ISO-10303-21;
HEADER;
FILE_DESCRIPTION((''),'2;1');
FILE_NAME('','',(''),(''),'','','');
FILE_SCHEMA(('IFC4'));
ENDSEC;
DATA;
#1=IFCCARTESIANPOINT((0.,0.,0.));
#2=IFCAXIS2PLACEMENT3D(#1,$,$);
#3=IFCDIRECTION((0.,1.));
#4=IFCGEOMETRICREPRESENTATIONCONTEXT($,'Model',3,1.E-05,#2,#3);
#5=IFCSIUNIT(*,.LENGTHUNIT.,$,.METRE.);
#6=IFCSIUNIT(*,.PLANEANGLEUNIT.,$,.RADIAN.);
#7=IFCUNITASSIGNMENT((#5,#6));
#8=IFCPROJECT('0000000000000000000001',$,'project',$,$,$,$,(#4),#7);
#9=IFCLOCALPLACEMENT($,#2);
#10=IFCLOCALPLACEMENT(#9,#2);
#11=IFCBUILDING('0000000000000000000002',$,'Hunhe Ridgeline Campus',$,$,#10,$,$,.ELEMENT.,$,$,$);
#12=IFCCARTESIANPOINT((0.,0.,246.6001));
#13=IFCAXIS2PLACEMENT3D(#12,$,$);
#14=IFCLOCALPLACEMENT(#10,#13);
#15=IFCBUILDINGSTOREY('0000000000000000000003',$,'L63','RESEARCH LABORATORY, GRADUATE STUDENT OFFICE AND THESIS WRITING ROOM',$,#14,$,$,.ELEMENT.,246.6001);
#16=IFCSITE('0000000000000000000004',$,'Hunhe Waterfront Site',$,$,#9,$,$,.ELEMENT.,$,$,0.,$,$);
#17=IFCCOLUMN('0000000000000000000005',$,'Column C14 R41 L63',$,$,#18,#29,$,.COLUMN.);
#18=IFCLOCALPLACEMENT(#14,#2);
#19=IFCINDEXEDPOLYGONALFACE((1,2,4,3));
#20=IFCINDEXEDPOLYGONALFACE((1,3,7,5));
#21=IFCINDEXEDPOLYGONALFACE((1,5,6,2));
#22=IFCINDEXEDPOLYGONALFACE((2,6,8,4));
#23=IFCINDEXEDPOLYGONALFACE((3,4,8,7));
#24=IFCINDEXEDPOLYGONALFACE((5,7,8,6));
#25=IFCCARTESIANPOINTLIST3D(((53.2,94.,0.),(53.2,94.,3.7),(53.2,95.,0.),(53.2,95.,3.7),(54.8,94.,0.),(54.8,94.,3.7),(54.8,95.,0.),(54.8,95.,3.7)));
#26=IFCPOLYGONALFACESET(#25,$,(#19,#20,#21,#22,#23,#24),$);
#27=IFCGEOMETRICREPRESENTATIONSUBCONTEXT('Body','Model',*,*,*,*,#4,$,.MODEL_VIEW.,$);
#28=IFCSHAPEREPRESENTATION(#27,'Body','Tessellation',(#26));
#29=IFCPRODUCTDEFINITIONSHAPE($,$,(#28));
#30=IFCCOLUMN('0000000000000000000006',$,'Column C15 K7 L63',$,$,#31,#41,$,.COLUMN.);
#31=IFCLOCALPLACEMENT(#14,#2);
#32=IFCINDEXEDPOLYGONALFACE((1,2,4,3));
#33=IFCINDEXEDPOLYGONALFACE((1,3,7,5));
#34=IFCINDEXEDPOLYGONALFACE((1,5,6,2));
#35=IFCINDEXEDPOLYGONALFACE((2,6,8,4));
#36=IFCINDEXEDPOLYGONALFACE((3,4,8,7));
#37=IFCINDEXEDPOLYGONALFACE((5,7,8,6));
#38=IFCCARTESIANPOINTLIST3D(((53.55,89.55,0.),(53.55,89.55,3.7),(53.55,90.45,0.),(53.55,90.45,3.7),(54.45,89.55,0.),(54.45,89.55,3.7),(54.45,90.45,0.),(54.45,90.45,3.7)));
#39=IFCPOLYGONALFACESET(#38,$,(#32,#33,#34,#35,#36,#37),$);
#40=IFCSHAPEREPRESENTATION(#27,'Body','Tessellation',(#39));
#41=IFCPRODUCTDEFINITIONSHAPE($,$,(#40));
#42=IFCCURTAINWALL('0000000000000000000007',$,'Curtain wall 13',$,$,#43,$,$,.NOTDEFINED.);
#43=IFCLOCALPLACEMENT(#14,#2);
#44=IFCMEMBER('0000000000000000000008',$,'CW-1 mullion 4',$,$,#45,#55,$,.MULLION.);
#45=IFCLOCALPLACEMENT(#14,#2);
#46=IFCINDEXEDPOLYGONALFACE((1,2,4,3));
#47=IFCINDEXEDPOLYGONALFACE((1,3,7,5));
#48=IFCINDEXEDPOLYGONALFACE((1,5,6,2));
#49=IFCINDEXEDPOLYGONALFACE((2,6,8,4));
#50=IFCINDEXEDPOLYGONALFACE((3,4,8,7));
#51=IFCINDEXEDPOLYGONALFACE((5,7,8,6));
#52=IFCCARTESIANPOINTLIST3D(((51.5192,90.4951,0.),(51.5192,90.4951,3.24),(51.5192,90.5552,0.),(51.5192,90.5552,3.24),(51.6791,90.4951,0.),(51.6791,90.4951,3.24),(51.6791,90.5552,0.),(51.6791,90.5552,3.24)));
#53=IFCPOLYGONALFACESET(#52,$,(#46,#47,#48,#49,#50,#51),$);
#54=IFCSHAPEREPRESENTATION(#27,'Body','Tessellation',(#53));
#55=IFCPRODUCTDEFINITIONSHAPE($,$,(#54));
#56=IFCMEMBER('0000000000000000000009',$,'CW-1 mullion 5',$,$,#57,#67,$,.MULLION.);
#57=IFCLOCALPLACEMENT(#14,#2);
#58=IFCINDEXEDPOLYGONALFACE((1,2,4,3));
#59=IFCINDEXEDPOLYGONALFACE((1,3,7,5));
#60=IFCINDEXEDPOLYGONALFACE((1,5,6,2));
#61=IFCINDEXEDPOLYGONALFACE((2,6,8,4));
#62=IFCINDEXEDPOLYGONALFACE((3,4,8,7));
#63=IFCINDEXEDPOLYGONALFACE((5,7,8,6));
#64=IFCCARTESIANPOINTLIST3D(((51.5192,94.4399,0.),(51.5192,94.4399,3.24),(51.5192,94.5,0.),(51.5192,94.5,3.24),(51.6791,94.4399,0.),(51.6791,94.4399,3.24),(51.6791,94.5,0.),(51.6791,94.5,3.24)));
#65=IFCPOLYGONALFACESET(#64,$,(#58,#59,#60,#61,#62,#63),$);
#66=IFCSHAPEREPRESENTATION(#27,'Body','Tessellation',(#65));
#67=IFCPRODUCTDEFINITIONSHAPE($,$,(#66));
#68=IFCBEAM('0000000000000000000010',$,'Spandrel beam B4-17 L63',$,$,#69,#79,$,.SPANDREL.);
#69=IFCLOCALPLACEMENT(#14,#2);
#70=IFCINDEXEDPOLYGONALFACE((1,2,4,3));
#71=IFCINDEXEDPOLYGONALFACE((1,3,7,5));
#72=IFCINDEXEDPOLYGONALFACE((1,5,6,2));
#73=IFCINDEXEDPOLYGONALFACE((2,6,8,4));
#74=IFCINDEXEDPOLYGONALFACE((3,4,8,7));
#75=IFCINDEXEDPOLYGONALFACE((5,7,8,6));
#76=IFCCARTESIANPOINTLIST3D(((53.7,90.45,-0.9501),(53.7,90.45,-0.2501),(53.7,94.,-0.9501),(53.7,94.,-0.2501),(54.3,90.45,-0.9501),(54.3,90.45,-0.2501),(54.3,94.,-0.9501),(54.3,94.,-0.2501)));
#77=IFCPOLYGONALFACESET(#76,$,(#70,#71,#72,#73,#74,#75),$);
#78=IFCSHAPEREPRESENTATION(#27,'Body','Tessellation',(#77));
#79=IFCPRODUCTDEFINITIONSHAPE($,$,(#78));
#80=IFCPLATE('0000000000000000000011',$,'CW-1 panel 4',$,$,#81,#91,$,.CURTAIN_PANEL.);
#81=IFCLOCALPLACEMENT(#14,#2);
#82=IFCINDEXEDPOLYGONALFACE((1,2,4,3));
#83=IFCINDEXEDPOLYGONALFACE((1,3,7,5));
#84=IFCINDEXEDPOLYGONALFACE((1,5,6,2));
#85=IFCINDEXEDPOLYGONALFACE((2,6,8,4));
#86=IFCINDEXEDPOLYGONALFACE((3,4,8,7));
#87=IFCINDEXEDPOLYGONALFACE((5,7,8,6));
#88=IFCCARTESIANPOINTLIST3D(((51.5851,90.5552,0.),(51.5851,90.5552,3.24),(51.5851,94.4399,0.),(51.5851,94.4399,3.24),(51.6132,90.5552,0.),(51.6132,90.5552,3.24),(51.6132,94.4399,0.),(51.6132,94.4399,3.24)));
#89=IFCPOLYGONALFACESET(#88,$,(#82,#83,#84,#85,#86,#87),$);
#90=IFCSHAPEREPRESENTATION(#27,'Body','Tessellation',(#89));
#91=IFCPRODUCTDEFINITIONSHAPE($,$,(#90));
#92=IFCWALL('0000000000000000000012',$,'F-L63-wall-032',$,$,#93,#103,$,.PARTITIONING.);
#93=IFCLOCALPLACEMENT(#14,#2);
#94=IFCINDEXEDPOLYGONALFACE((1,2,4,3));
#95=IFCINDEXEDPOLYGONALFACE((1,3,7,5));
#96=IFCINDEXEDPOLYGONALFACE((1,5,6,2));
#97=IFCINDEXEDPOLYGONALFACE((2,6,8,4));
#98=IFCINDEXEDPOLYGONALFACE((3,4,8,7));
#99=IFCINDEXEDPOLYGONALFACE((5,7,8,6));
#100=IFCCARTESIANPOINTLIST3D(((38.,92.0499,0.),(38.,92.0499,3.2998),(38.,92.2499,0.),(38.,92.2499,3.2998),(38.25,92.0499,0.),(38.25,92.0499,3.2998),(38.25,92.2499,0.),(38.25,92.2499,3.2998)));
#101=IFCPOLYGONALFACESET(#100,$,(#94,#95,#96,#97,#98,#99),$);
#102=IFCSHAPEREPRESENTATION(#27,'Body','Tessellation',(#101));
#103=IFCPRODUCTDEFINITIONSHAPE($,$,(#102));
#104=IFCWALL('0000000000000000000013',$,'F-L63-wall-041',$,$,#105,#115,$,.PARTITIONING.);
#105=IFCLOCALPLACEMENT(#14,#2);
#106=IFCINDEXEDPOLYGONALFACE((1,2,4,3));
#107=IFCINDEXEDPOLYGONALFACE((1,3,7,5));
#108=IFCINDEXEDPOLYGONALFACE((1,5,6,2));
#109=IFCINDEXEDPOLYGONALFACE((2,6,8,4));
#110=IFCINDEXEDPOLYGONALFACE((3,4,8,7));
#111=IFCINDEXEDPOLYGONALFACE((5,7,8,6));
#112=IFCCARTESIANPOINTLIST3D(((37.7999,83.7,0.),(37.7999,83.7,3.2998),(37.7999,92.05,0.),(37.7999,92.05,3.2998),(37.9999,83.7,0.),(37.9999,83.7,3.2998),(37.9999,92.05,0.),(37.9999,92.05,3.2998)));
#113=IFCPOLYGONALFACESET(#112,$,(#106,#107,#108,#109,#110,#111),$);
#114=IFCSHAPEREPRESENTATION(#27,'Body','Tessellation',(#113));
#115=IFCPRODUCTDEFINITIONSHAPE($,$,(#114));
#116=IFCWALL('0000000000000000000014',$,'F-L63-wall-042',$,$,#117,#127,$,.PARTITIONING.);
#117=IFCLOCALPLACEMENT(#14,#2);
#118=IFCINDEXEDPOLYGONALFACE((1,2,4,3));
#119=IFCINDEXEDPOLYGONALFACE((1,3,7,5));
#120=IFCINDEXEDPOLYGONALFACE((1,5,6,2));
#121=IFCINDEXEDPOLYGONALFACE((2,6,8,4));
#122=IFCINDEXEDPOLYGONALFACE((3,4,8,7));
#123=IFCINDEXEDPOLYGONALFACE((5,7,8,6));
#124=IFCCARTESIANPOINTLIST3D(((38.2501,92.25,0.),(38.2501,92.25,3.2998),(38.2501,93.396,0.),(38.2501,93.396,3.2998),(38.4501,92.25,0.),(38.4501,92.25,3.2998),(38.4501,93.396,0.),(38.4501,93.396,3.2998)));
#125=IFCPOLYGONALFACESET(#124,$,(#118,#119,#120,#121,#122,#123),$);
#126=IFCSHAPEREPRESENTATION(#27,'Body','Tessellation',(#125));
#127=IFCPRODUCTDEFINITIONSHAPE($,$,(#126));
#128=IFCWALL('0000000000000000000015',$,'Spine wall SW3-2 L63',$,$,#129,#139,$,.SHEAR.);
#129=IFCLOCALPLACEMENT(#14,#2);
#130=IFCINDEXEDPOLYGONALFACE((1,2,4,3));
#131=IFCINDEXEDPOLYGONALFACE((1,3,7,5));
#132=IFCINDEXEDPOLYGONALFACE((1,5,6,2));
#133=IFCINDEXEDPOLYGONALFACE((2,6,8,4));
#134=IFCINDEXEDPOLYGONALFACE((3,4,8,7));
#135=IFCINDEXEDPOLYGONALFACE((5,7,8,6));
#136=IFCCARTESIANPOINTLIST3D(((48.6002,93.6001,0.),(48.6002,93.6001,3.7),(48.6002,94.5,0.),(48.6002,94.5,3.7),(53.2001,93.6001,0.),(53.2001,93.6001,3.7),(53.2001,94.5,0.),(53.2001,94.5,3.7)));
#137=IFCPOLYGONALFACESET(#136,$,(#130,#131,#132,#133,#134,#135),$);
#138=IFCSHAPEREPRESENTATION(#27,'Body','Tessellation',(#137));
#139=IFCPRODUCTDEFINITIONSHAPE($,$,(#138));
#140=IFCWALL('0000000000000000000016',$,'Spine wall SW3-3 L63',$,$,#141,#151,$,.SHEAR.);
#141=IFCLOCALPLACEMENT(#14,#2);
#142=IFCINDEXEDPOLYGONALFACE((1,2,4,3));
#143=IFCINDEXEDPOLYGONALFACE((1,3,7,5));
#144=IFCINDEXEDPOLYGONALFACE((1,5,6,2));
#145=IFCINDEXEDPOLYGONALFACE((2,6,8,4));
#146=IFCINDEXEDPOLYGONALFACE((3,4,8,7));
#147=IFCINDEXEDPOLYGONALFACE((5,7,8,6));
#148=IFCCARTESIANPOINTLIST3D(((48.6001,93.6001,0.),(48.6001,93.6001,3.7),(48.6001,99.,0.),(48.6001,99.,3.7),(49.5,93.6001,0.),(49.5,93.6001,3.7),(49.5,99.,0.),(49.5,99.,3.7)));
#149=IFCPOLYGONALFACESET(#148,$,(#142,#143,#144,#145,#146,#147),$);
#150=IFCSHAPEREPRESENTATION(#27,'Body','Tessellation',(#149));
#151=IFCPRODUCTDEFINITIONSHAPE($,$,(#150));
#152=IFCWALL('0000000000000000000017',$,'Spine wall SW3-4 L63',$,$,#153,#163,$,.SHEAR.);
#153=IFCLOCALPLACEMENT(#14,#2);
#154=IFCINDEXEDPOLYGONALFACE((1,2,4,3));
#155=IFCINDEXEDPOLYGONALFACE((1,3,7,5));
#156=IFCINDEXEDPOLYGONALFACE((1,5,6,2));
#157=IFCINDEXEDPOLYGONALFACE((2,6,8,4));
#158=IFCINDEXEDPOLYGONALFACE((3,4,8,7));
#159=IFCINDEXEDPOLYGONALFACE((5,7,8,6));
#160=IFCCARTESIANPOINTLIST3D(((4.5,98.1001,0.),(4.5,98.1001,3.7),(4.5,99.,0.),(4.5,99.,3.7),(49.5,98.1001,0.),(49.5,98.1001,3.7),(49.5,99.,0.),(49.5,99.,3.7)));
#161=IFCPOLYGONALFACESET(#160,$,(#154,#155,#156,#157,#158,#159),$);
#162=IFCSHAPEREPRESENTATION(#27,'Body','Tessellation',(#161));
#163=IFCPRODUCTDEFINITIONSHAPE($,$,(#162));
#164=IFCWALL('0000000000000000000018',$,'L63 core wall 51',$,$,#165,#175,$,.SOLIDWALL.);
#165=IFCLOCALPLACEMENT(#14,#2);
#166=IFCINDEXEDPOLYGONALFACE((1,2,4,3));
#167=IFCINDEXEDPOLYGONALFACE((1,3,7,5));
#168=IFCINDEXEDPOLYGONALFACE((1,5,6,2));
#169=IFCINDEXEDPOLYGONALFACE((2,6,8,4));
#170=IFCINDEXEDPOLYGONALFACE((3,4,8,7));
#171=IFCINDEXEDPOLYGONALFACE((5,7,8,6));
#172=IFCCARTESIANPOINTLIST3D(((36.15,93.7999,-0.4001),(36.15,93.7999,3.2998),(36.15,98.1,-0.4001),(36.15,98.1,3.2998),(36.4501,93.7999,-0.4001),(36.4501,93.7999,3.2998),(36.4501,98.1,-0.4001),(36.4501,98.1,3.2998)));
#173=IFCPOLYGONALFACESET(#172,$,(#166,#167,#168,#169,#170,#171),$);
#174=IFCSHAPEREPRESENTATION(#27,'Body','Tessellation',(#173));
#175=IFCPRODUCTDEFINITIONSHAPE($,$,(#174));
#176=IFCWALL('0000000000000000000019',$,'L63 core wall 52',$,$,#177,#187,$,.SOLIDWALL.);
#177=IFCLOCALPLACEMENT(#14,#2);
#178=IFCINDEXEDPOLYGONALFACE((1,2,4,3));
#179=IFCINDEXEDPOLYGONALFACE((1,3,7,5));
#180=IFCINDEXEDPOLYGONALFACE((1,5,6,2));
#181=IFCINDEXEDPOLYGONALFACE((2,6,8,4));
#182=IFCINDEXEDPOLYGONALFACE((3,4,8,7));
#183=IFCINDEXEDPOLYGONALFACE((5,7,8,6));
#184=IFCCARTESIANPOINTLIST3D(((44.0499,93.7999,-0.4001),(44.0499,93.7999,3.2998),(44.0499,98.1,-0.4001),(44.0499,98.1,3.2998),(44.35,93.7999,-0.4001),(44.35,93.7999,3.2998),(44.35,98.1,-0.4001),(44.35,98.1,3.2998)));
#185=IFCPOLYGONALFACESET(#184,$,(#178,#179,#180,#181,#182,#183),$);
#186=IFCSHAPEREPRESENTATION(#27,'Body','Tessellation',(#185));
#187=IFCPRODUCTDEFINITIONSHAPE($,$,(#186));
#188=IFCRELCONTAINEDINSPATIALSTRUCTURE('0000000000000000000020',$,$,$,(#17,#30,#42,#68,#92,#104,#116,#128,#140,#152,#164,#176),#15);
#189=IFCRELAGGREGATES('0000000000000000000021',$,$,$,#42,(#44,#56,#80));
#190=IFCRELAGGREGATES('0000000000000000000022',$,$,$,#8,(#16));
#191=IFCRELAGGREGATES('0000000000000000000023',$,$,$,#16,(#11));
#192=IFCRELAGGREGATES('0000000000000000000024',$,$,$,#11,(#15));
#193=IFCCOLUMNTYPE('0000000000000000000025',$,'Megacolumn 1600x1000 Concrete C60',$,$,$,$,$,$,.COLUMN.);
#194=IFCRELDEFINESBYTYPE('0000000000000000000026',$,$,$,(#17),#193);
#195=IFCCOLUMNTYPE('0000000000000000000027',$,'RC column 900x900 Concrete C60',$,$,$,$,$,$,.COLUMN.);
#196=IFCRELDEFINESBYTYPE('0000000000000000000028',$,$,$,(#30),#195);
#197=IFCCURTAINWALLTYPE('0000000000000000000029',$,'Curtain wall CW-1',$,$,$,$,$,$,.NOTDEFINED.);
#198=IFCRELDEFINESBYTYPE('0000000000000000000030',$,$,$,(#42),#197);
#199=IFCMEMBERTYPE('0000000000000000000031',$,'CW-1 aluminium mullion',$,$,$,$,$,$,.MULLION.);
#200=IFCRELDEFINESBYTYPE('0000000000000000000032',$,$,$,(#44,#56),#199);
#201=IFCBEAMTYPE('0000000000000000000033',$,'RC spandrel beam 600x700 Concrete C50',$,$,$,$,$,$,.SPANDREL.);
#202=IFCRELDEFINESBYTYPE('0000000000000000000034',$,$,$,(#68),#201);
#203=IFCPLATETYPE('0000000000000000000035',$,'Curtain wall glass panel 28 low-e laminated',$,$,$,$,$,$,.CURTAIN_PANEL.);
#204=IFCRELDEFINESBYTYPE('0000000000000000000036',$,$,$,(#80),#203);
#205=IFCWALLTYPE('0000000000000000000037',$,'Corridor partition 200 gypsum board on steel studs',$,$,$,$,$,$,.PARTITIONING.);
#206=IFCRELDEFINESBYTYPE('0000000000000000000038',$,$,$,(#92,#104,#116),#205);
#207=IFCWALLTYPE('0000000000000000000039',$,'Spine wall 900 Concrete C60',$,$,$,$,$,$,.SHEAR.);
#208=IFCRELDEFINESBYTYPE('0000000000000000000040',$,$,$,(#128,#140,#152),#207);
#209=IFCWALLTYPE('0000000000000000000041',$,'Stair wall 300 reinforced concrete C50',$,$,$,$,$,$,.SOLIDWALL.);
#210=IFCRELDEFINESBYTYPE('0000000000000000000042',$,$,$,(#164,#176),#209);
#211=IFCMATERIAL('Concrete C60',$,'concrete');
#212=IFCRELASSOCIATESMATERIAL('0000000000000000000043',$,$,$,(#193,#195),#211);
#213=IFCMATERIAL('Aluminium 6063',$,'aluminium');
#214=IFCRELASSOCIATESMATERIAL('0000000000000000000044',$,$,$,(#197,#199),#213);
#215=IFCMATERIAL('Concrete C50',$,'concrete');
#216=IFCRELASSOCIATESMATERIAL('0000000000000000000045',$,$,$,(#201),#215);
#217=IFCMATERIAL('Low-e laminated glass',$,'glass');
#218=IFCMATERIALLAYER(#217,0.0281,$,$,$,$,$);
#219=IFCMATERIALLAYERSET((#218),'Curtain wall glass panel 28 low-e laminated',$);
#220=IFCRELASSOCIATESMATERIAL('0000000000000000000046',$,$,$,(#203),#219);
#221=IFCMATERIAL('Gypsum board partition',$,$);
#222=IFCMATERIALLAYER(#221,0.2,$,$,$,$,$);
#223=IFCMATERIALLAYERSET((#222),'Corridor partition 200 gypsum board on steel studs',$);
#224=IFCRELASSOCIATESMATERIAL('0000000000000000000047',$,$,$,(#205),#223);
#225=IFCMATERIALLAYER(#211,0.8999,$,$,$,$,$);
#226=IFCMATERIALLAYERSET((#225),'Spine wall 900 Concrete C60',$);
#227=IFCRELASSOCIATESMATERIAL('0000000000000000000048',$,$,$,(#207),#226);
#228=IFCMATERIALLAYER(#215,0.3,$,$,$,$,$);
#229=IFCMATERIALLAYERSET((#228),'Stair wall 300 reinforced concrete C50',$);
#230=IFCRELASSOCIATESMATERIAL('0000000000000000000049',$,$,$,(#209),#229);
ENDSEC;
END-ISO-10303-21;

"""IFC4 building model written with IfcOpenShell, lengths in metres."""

from ifc_helpers import new_model, si_unit, direction, frame, frame_2d, origin, origin_2d, place, context, subcontext, project, spatial, rectangle, extrude, material, layer, layer_set, material_profile, profile_set, type_object, element, aggregate, save


model = new_model("IFC4")

# Units and contexts
model_context = context("Model", 3, precision=1e-05, world=origin(), true_north=direction((0.0, 1.0)))
body_context = subcontext(model_context, "Body", "Model", "MODEL_VIEW")
ifc_project = project(units=[si_unit("LENGTHUNIT", "METRE"), si_unit("PLANEANGLEUNIT", "RADIAN")], contexts=[model_context])

# Site, building, storey
site_placement = place(None, origin())
site = spatial("IfcSite", under=ifc_project, at=site_placement, Name="Hunhe Waterfront Site", CompositionType="ELEMENT", RefElevation=0.0)
building_placement = place(site_placement, origin())
building = spatial("IfcBuilding", under=site, at=building_placement, Name="Hunhe Ridgeline Campus", CompositionType="ELEMENT")
storey_placement = place(building_placement, frame((0.0, 0.0, 246.6001)))
storey = spatial("IfcBuildingStorey", under=building, at=storey_placement, Name="L63", Description="RESEARCH LABORATORY, GRADUATE STUDENT OFFICE AND THESIS WRITING ROOM", CompositionType="ELEMENT", Elevation=246.6001)

# Columns
ifc_material_1 = material(Name="Concrete C60", Category="concrete")
ifc_material_profile_1 = material_profile(ifc_material_1, rectangle(XDim=1.6001, YDim=1.0, at=origin_2d()))
ifc_profile_set_1 = profile_set([ifc_material_profile_1], Name="Concrete C60")
column_type_1 = type_object("IfcColumnType", Name="Megacolumn 1600x1000 Concrete C60", PredefinedType="COLUMN", material=ifc_profile_set_1)
column_1_placement = place(storey_placement, frame((54.0, 94.5, 0.0), z_axis=(0.0, 0.0, 1.0), x_axis=(1.0, 0.0, 0.0)))
element("IfcColumn", 1, at=column_1_placement, inside=storey, type_object=column_type_1, Name="Column C14 R41 L63", PredefinedType="COLUMN", context=body_context, shape_type="SweptSolid", body=[
    extrude(rectangle(XDim=1.6001, YDim=1.0, at=origin_2d()), origin(), (0.0, 0.0, 1.0), 3.7),
])
ifc_material_profile_2 = material_profile(ifc_material_1, rectangle(XDim=0.8999, YDim=0.8999, at=origin_2d()))
ifc_profile_set_2 = profile_set([ifc_material_profile_2], Name="Concrete C60")
column_type_2 = type_object("IfcColumnType", Name="RC column 900x900 Concrete C60", PredefinedType="COLUMN", material=ifc_profile_set_2)
column_2_placement = place(storey_placement, frame((54.0, 90.0, 0.0), z_axis=(0.0, 0.0, 1.0), x_axis=(1.0, 0.0, 0.0)))
element("IfcColumn", 2, at=column_2_placement, inside=storey, type_object=column_type_2, Name="Column C15 K7 L63", PredefinedType="COLUMN", context=body_context, shape_type="SweptSolid", body=[
    extrude(rectangle(XDim=0.8999, YDim=0.8999, at=origin_2d()), origin(), (0.0, 0.0, 1.0), 3.7),
])

# Curtain wall, members
ifc_material_2 = material(Name="Aluminium 6063", Category="aluminium")
curtain_wall_type = type_object("IfcCurtainWallType", Name="Curtain wall CW-1", PredefinedType="NOTDEFINED", material=ifc_material_2)
curtain_wall_placement = place(storey_placement, origin())
curtain_wall = element("IfcCurtainWall", 3, at=curtain_wall_placement, inside=storey, type_object=curtain_wall_type, Name="Curtain wall 13", PredefinedType="NOTDEFINED")
ifc_material_profile_3 = material_profile(ifc_material_2, rectangle(XDim=0.1599, YDim=0.0601, at=origin_2d()))
ifc_profile_set_3 = profile_set([ifc_material_profile_3], Name="Aluminium 6063")
member_type = type_object("IfcMemberType", Name="CW-1 aluminium mullion", PredefinedType="MULLION", material=ifc_profile_set_3)
member_1_placement = place(storey_placement, frame((51.5991, 90.5251, 0.0), z_axis=(0.0, 0.0, 1.0), x_axis=(-1.0, 0.0, 0.0)))
member_1 = element("IfcMember", 4, at=member_1_placement, type_object=member_type, Name="CW-1 mullion 4", PredefinedType="MULLION", context=body_context, shape_type="SweptSolid", body=[
    extrude(rectangle(XDim=0.1599, YDim=0.0601, at=origin_2d()), origin(), (0.0, 0.0, 1.0), 3.24),
])
member_2_placement = place(storey_placement, frame((51.5991, 94.47, 0.0), z_axis=(0.0, 0.0, 1.0), x_axis=(-1.0, 0.0, 0.0)))
member_2 = element("IfcMember", 5, at=member_2_placement, type_object=member_type, Name="CW-1 mullion 5", PredefinedType="MULLION", context=body_context, shape_type="SweptSolid", body=[
    extrude(rectangle(XDim=0.1599, YDim=0.0601, at=origin_2d()), origin(), (0.0, 0.0, 1.0), 3.24),
])

# Beam
ifc_material_3 = material(Name="Concrete C50", Category="concrete")
ifc_material_profile_4 = material_profile(ifc_material_3, rectangle(XDim=0.6001, YDim=0.7, at=origin_2d()))
ifc_profile_set_4 = profile_set([ifc_material_profile_4], Name="Concrete C50")
beam_type = type_object("IfcBeamType", Name="RC spandrel beam 600x700 Concrete C50", PredefinedType="SPANDREL", material=ifc_profile_set_4)
beam_placement = place(storey_placement, frame((54.0, 90.45, -0.6001), z_axis=(0.0, 1.0, 0.0), x_axis=(-1.0, 0.0, 0.0)))
element("IfcBeam", 6, at=beam_placement, inside=storey, type_object=beam_type, Name="Spandrel beam B4-17 L63", PredefinedType="SPANDREL", context=body_context, shape_type="SweptSolid", body=[
    extrude(rectangle(XDim=0.6001, YDim=0.7, at=origin_2d()), origin(), (0.0, 0.0, 1.0), 3.55),
])

# Plate
ifc_material_4 = material(Name="Low-e laminated glass", Category="glass")
ifc_layer_1 = layer(ifc_material_4, 0.0281)
ifc_layer_set_1 = layer_set([ifc_layer_1], Name="Curtain wall glass panel 28 low-e laminated")
plate_type = type_object("IfcPlateType", Name="Curtain wall glass panel 28 low-e laminated", PredefinedType="CURTAIN_PANEL", material=ifc_layer_set_1)
plate_placement = place(storey_placement, frame((51.5991, 92.4976, 0.0), z_axis=(0.0, 0.0, 1.0), x_axis=(0.0, 1.0, 0.0)))
plate = element("IfcPlate", 7, at=plate_placement, type_object=plate_type, Name="CW-1 panel 4", PredefinedType="CURTAIN_PANEL", context=body_context, shape_type="SweptSolid", body=[
    extrude(rectangle(XDim=3.8848, YDim=0.0281, at=origin_2d()), origin(), (0.0, 0.0, 1.0), 3.24),
])
aggregate(curtain_wall, [member_1, member_2, plate])

# Walls
ifc_material_5 = material(Name="Gypsum board partition")
ifc_layer_2 = layer(ifc_material_5, 0.2)
ifc_layer_set_2 = layer_set([ifc_layer_2], Name="Corridor partition 200 gypsum board on steel studs")
wall_type_1 = type_object("IfcWallType", Name="Corridor partition 200 gypsum board on steel studs", PredefinedType="PARTITIONING", material=ifc_layer_set_2)
wall_1_placement = place(storey_placement, frame((38.25, 92.1499, 0.0), z_axis=(0.0, 0.0, 1.0), x_axis=(-1.0, 0.0, 0.0)))
element("IfcWall", 8, at=wall_1_placement, inside=storey, type_object=wall_type_1, Name="F-L63-wall-032", PredefinedType="PARTITIONING", context=body_context, shape_type="SweptSolid", body=[
    extrude(rectangle(XDim=0.25, YDim=0.2, at=frame_2d((0.125, 0.0))), origin(), (0.0, 0.0, 1.0), 3.2998),
])
wall_2_placement = place(storey_placement, frame((37.8999, 92.05, 0.0), z_axis=(0.0, 0.0, 1.0), x_axis=(0.0, -1.0, 0.0)))
element("IfcWall", 9, at=wall_2_placement, inside=storey, type_object=wall_type_1, Name="F-L63-wall-041", PredefinedType="PARTITIONING", context=body_context, shape_type="SweptSolid", body=[
    extrude(rectangle(XDim=8.3501, YDim=0.2, at=frame_2d((4.175, 0.0))), origin(), (0.0, 0.0, 1.0), 3.2998),
])
wall_3_placement = place(storey_placement, frame((38.3501, 93.396, 0.0), z_axis=(0.0, 0.0, 1.0), x_axis=(0.0, -1.0, 0.0)))
element("IfcWall", 10, at=wall_3_placement, inside=storey, type_object=wall_type_1, Name="F-L63-wall-042", PredefinedType="PARTITIONING", context=body_context, shape_type="SweptSolid", body=[
    extrude(rectangle(XDim=1.146, YDim=0.2, at=frame_2d((0.573, 0.0))), origin(), (0.0, 0.0, 1.0), 3.2998),
])
ifc_layer_3 = layer(ifc_material_1, 0.8999)
ifc_layer_set_3 = layer_set([ifc_layer_3], Name="Spine wall 900 Concrete C60")
wall_type_2 = type_object("IfcWallType", Name="Spine wall 900 Concrete C60", PredefinedType="SHEAR", material=ifc_layer_set_3)
wall_4_placement = place(storey_placement, frame((53.2, 94.05, 0.0), z_axis=(0.0, 0.0, 1.0), x_axis=(-1.0, 0.0, 0.0)))
element("IfcWall", 11, at=wall_4_placement, inside=storey, type_object=wall_type_2, Name="Spine wall SW3-2 L63", PredefinedType="SHEAR", context=body_context, shape_type="SweptSolid", body=[
    extrude(rectangle(XDim=4.5999, YDim=0.8999, at=frame_2d((2.2998, 0.0))), origin(), (0.0, 0.0, 1.0), 3.7),
])
wall_5_placement = place(storey_placement, frame((49.05, 93.6001, 0.0), z_axis=(0.0, 0.0, 1.0), x_axis=(0.0, 1.0, 0.0)))
element("IfcWall", 12, at=wall_5_placement, inside=storey, type_object=wall_type_2, Name="Spine wall SW3-3 L63", PredefinedType="SHEAR", context=body_context, shape_type="SweptSolid", body=[
    extrude(rectangle(XDim=5.3999, YDim=0.8999, at=frame_2d((2.7, 0.0))), origin(), (0.0, 0.0, 1.0), 3.7),
])
wall_6_placement = place(storey_placement, frame((49.5, 98.55, 0.0), z_axis=(0.0, 0.0, 1.0), x_axis=(-1.0, 0.0, 0.0)))
element("IfcWall", 13, at=wall_6_placement, inside=storey, type_object=wall_type_2, Name="Spine wall SW3-4 L63", PredefinedType="SHEAR", context=body_context, shape_type="SweptSolid", body=[
    extrude(rectangle(XDim=45.0, YDim=0.8999, at=frame_2d((22.5, 0.0))), origin(), (0.0, 0.0, 1.0), 3.7),
])

# Shared definitions
ifc_layer_4 = layer(ifc_material_3, 0.3)
ifc_layer_set_4 = layer_set([ifc_layer_4], Name="Stair wall 300 reinforced concrete C50")
wall_type_3 = type_object("IfcWallType", Name="Stair wall 300 reinforced concrete C50", PredefinedType="SOLIDWALL", material=ifc_layer_set_4)

# Walls
for number, where, z_axis, x_axis, name in (
    (14, (36.3, 93.8, -0.4001), (0.0, 0.0, 1.0), (0.0, 1.0, 0.0), "L63 core wall 51"),
    (15, (44.2, 93.8, -0.4001), (0.0, 0.0, 1.0), (0.0, 1.0, 0.0), "L63 core wall 52"),
):
    element("IfcWall", number, at=place(storey_placement, frame(where, z_axis=z_axis, x_axis=x_axis)), inside=storey, type_object=wall_type_3, Name=name, PredefinedType="SOLIDWALL", context=body_context, shape_type="SweptSolid", body=[
        extrude(rectangle(XDim=4.3, YDim=0.3, at=frame_2d((2.1499, 0.0))), origin(), (0.0, 0.0, 1.0), 3.7),
    ])

save(model, "model.ifc")
